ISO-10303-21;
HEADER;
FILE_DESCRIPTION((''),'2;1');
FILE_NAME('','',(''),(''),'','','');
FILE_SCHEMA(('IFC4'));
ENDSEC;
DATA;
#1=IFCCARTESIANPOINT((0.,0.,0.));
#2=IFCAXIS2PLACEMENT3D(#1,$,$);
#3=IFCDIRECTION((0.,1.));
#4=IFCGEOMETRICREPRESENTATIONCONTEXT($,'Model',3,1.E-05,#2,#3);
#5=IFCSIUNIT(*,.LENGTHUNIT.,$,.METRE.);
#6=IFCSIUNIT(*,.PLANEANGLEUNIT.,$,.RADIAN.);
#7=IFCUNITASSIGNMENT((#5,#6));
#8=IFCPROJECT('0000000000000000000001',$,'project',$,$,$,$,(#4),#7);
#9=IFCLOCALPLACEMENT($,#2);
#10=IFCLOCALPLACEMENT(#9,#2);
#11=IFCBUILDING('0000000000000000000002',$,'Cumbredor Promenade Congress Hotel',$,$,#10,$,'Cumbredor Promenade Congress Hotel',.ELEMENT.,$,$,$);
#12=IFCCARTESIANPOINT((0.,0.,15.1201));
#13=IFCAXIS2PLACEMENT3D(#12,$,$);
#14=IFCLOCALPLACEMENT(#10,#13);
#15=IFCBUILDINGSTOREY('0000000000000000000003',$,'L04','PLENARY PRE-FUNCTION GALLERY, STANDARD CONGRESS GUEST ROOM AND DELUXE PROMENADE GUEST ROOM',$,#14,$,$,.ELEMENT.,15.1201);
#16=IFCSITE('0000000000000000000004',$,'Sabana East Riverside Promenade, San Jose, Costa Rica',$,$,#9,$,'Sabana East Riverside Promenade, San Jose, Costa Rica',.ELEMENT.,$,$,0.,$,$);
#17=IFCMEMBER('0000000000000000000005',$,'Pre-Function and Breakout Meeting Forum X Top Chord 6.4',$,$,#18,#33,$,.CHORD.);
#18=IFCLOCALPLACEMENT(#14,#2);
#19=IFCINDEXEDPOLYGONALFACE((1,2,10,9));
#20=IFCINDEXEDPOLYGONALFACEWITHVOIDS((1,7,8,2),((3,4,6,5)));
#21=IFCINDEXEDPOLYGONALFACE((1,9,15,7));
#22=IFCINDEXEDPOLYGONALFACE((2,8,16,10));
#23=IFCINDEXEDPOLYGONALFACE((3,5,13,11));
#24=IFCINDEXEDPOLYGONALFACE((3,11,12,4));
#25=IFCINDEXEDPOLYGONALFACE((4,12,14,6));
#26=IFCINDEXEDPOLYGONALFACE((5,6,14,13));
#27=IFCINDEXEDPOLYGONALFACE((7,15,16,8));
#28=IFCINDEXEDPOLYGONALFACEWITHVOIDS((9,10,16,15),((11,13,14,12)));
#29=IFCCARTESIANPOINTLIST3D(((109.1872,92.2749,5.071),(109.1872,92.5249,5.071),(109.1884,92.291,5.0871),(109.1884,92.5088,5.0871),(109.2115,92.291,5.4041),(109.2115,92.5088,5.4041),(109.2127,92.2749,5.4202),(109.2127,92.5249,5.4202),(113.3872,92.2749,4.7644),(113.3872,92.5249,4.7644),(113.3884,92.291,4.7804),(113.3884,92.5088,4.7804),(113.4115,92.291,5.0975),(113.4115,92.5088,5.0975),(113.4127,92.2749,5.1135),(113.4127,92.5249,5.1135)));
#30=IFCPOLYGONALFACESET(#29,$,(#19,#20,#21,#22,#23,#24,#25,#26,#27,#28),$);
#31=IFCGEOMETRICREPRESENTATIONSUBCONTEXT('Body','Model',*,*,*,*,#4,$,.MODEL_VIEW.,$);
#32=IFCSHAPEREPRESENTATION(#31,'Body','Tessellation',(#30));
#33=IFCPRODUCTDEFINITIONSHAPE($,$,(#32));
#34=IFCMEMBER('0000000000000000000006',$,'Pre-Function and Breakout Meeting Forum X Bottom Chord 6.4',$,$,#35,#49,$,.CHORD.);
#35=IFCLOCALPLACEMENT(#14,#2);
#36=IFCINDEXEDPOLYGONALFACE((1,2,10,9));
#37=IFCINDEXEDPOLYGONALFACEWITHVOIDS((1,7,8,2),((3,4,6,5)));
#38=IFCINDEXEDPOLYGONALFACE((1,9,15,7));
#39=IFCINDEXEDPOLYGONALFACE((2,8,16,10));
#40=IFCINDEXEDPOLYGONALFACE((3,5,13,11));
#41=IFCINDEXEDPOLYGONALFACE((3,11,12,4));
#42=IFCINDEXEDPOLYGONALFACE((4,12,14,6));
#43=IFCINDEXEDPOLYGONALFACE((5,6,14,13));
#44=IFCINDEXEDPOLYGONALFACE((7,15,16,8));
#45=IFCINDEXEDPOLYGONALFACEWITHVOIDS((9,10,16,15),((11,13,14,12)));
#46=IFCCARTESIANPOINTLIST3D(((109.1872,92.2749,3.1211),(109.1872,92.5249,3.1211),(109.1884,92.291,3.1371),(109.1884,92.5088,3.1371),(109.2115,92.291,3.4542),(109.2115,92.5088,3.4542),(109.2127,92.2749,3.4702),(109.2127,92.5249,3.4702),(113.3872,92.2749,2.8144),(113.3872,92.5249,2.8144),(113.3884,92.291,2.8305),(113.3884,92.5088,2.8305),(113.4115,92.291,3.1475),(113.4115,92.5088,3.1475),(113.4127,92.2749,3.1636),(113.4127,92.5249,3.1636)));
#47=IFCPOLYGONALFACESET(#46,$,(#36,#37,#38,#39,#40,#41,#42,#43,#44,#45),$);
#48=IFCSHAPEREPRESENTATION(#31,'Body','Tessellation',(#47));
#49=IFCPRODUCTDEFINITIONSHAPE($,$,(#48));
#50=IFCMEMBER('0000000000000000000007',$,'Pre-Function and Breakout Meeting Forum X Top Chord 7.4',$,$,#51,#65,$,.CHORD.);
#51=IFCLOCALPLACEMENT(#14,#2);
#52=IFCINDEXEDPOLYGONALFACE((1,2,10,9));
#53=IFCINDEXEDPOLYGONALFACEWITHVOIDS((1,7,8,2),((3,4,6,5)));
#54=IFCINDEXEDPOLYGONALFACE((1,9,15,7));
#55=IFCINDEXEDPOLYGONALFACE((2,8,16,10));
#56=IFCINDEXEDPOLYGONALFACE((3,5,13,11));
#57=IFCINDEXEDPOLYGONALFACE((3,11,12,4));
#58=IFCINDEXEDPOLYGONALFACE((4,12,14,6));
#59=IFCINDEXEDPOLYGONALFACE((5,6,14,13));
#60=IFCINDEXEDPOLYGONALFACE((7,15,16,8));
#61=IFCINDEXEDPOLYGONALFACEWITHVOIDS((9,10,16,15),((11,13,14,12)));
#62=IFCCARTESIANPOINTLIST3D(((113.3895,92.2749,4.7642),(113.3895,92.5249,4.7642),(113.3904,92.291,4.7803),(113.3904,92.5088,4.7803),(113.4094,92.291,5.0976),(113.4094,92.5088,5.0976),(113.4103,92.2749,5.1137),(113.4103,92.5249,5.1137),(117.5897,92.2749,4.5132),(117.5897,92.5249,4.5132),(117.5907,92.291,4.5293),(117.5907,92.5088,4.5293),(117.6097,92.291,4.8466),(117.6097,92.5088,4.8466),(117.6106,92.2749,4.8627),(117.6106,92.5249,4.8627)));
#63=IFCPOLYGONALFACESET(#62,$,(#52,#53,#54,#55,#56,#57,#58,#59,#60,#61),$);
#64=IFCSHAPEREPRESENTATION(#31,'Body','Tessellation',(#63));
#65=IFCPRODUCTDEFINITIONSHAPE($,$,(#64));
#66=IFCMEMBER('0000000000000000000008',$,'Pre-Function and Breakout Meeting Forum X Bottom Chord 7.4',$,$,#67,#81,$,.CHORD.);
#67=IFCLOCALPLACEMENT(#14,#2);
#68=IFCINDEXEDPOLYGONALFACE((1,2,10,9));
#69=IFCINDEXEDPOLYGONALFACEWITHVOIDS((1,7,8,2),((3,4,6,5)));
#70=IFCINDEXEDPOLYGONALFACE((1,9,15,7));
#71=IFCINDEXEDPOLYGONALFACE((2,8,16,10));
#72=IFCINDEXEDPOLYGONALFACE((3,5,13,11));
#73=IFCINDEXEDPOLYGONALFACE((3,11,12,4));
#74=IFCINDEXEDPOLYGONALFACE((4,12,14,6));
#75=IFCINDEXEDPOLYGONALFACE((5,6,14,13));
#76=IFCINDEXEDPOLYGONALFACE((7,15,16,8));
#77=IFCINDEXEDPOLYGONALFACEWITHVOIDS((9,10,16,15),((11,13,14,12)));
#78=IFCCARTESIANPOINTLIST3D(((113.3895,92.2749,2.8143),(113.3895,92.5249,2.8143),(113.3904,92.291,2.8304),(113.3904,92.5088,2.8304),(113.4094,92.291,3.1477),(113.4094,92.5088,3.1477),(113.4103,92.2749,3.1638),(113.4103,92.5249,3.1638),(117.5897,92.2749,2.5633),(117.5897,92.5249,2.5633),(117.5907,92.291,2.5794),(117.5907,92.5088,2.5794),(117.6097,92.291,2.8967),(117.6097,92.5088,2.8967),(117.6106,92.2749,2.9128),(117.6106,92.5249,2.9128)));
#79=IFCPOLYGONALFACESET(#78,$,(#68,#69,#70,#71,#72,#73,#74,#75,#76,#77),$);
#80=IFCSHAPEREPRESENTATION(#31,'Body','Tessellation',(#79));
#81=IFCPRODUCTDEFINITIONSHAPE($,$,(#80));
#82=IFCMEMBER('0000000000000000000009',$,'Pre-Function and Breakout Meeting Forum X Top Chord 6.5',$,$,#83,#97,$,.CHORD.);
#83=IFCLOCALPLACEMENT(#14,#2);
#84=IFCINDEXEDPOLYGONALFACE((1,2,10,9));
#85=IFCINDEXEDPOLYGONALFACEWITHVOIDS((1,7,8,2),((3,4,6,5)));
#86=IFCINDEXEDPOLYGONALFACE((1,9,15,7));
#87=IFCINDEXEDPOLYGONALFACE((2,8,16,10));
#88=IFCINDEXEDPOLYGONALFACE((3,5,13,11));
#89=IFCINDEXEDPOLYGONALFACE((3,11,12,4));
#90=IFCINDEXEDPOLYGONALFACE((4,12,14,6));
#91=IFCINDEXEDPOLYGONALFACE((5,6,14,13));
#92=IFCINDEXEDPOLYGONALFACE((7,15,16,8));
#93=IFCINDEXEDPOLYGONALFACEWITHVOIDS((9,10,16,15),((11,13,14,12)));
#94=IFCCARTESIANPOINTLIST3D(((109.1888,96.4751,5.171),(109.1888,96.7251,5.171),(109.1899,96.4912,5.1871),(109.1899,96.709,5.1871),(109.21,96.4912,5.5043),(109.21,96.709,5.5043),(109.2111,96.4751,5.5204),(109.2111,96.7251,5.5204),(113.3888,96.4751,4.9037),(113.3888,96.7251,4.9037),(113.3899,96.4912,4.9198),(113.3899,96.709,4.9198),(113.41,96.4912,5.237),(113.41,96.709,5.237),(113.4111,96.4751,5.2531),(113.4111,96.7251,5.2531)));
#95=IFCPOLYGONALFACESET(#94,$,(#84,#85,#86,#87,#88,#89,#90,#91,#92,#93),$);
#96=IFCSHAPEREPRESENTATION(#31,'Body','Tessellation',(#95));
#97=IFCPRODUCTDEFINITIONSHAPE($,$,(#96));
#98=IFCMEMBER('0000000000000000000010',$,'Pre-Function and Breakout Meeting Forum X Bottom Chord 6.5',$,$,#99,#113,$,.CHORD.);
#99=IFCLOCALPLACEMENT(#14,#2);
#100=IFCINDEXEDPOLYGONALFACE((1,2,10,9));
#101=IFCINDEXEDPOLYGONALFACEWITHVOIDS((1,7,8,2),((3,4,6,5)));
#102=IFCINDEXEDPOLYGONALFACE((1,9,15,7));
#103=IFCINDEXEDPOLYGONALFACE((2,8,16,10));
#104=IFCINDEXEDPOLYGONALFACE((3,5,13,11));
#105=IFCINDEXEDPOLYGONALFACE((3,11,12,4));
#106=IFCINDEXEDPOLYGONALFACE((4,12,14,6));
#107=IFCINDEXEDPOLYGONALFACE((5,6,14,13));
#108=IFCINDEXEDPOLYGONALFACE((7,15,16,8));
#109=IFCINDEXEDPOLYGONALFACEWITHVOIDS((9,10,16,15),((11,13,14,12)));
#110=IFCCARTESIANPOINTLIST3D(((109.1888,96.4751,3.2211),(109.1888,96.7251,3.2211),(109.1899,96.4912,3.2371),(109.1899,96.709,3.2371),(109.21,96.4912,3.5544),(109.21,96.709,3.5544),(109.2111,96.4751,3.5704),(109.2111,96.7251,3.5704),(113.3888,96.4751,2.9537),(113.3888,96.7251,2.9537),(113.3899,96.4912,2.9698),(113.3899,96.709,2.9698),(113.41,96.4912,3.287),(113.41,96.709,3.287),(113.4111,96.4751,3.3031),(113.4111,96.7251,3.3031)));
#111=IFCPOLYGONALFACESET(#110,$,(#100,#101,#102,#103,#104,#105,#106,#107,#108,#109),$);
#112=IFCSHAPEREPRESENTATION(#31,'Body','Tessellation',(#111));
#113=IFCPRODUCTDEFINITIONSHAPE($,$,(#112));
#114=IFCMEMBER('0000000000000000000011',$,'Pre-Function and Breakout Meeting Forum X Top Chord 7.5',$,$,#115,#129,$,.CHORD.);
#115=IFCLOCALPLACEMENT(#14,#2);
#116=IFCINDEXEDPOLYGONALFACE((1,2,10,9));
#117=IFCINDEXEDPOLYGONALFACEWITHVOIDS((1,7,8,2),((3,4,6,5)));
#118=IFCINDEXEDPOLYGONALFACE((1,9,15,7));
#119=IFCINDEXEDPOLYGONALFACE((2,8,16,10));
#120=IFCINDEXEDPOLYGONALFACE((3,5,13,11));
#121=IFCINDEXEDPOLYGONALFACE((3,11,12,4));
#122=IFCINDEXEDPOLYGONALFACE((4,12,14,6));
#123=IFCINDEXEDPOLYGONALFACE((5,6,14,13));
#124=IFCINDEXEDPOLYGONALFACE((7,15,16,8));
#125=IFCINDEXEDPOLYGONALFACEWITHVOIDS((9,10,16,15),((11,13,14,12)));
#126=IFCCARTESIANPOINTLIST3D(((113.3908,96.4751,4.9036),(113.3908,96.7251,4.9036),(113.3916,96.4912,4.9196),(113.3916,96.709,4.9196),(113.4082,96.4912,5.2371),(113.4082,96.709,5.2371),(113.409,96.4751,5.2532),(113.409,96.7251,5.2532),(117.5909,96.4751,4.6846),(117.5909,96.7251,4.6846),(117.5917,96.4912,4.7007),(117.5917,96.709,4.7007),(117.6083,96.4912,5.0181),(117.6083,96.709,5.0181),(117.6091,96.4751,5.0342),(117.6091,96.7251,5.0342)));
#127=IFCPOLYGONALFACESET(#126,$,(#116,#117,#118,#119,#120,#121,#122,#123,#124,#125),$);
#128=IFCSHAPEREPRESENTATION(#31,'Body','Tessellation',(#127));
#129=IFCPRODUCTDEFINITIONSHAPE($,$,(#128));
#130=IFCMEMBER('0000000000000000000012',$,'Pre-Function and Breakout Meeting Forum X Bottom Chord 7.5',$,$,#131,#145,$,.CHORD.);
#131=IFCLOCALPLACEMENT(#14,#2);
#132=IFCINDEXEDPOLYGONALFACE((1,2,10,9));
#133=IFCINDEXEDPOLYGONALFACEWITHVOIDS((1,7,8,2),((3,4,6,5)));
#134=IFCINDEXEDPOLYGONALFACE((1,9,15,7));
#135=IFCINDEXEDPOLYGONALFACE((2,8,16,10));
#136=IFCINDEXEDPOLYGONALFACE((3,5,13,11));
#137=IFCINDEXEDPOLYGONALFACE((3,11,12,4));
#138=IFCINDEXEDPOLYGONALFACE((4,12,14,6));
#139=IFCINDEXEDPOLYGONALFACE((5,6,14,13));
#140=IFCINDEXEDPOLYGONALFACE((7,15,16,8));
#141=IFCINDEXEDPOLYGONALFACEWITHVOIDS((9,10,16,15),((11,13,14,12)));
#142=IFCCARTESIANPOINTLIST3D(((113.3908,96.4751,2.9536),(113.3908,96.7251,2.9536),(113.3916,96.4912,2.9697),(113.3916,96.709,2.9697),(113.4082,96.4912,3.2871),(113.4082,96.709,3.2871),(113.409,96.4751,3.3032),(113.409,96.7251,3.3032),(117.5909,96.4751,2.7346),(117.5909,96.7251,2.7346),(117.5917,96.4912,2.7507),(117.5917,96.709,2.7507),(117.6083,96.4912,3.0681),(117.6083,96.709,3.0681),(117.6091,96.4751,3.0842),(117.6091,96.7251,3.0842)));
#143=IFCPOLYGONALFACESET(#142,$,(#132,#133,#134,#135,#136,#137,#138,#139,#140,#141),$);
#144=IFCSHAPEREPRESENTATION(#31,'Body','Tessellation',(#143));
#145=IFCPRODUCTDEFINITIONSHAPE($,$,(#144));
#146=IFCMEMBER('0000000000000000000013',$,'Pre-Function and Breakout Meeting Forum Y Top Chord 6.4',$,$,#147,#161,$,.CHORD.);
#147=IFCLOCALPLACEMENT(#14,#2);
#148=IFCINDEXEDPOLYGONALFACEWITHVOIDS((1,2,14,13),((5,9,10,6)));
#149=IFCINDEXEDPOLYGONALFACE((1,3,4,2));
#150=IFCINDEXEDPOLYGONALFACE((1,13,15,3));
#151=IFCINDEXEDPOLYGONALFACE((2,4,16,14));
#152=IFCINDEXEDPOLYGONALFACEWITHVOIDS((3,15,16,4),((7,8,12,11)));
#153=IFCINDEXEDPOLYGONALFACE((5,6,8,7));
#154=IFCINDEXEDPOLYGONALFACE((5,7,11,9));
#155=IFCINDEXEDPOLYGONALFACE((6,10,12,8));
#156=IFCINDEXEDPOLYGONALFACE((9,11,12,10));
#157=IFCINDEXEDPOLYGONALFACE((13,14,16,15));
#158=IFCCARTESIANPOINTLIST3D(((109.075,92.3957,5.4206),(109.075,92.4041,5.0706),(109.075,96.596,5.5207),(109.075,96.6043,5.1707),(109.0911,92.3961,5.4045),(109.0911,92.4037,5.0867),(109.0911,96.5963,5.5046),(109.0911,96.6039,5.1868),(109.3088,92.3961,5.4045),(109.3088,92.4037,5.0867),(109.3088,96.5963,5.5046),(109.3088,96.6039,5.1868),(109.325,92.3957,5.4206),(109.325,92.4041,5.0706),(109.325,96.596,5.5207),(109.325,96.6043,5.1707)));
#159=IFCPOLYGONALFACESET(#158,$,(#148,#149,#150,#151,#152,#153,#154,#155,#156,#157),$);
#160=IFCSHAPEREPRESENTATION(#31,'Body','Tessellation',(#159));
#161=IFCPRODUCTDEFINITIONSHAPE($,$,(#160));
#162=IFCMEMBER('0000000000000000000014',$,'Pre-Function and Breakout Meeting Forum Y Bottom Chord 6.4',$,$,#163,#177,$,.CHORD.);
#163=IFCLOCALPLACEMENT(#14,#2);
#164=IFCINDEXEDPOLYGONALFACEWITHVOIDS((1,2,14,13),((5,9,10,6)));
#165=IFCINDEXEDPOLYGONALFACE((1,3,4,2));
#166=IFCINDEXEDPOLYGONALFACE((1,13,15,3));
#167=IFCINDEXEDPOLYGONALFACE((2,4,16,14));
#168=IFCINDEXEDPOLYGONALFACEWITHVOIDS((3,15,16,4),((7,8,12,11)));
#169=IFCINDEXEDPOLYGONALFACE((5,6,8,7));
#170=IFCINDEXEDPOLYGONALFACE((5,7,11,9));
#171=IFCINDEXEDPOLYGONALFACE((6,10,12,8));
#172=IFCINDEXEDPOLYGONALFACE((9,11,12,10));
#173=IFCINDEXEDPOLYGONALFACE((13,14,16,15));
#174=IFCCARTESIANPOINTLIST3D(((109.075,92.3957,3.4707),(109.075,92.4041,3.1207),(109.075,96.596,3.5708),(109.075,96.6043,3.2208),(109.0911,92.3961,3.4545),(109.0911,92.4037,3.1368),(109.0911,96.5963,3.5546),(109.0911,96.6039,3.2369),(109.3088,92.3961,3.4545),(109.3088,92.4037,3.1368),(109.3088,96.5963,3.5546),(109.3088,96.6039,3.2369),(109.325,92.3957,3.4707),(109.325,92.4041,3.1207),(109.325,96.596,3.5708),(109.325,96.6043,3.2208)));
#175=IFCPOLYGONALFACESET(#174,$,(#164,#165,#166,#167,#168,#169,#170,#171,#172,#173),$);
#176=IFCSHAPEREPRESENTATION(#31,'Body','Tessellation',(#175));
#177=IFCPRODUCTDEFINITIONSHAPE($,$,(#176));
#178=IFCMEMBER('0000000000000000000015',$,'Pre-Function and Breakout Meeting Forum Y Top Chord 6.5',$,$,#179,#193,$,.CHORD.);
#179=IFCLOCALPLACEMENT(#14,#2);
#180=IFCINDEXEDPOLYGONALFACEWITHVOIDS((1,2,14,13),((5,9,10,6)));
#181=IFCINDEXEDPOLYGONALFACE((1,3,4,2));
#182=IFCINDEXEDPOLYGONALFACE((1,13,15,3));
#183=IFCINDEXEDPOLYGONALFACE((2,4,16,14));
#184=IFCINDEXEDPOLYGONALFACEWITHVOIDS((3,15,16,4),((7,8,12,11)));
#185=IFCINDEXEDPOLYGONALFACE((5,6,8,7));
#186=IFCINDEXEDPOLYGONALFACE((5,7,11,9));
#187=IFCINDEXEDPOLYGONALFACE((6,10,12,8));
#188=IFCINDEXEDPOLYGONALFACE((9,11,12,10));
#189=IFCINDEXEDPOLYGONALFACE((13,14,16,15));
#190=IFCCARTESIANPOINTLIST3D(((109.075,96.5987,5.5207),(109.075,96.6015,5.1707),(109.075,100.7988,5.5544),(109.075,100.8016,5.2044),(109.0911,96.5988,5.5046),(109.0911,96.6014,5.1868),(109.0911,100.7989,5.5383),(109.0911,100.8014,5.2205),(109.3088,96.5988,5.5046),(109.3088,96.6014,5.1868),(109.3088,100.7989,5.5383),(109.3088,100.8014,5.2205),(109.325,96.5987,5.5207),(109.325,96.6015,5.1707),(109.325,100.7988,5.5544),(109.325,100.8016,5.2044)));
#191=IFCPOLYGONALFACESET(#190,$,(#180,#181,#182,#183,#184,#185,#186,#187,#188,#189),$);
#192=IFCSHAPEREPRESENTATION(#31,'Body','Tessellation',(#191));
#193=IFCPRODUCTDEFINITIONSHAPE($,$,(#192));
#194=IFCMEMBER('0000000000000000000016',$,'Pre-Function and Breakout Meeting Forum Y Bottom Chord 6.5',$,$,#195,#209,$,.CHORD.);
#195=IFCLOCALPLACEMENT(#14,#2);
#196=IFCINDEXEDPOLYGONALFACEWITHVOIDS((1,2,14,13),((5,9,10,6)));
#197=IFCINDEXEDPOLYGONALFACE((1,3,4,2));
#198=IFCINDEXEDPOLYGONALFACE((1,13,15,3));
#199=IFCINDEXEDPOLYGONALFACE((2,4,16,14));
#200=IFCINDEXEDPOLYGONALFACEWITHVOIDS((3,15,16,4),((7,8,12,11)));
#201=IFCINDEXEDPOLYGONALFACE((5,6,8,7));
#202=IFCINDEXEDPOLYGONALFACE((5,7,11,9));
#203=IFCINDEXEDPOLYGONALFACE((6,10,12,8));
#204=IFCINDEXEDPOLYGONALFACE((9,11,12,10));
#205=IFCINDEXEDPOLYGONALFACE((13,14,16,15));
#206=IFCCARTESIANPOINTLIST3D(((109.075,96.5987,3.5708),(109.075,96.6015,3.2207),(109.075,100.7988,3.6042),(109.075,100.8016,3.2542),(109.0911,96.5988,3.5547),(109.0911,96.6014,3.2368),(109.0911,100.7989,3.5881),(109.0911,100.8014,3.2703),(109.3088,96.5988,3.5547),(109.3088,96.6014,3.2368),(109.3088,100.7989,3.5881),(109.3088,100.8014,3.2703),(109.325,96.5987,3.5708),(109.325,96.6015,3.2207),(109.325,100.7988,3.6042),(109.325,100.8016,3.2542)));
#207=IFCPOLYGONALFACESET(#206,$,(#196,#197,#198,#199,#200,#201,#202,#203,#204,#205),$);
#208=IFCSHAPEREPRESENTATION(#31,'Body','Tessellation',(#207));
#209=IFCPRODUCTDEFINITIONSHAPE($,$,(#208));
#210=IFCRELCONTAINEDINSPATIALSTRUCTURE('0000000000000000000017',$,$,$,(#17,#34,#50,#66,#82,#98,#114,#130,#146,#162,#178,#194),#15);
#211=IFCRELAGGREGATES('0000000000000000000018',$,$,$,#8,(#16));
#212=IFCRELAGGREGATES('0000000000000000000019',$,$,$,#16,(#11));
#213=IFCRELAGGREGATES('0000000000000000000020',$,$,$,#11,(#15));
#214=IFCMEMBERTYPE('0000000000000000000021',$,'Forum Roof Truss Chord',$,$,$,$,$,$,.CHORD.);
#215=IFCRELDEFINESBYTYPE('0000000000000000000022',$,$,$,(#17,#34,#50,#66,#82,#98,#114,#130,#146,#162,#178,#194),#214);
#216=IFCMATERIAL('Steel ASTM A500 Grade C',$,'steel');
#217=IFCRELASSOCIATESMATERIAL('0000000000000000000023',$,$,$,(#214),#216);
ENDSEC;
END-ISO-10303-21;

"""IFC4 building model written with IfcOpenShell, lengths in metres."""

from ifc_helpers import new_model, si_unit, direction, frame, origin, origin_2d, place, context, subcontext, project, spatial, hollow_rectangle, extrude, material, material_profile, profile_set, type_object, element, save


model = new_model("IFC4")

# Units and contexts
model_context = context("Model", 3, precision=1e-05, world=origin(), true_north=direction((0.0, 1.0)))
body_context = subcontext(model_context, "Body", "Model", "MODEL_VIEW")
ifc_project = project(units=[si_unit("LENGTHUNIT", "METRE"), si_unit("PLANEANGLEUNIT", "RADIAN")], contexts=[model_context])

# Site, building, storey
site_placement = place(None, origin())
site = spatial("IfcSite", under=ifc_project, at=site_placement, Name="Sabana East Riverside Promenade, San Jose, Costa Rica", LongName="Sabana East Riverside Promenade, San Jose, Costa Rica", CompositionType="ELEMENT", RefElevation=0.0)
building_placement = place(site_placement, origin())
building = spatial("IfcBuilding", under=site, at=building_placement, Name="Cumbredor Promenade Congress Hotel", LongName="Cumbredor Promenade Congress Hotel", CompositionType="ELEMENT")
storey_placement = place(building_placement, frame((0.0, 0.0, 15.1201)))
storey = spatial("IfcBuildingStorey", under=building, at=storey_placement, Name="L04", Description="PLENARY PRE-FUNCTION GALLERY, STANDARD CONGRESS GUEST ROOM AND DELUXE PROMENADE GUEST ROOM", CompositionType="ELEMENT", Elevation=15.1201)

# Members
ifc_material_1 = material(Name="Steel ASTM A500 Grade C", Category="steel")
ifc_material_profile_1 = material_profile(ifc_material_1, hollow_rectangle(XDim=0.25, YDim=0.3501, WallThickness=0.0161, at=origin_2d()), Name="HSS 350x250x16")
ifc_profile_set_1 = profile_set([ifc_material_profile_1], Name="Steel ASTM A500 Grade C")
member_type_1 = type_object("IfcMemberType", Name="Forum Roof Truss Chord", PredefinedType="CHORD", material=ifc_profile_set_1)
for number, where, z_axis, x_axis, name in (
    (1, (109.2, 92.3999, 5.2456), (0.997345, 0.0, -0.072817), (0.0, 1.0, 0.0), "Pre-Function and Breakout Meeting Forum X Top Chord 6.4"),
    (2, (109.2, 92.3999, 3.2957), (0.997345, 0.0, -0.072817), (0.0, 1.0, 0.0), "Pre-Function and Breakout Meeting Forum X Bottom Chord 6.4"),
):
    element("IfcMember", number, at=place(storey_placement, frame(where, z_axis=z_axis, x_axis=x_axis)), inside=storey, type_object=member_type_1, Name=name, PredefinedType="CHORD", context=body_context, shape_type="SweptSolid", body=[
        extrude(hollow_rectangle(XDim=0.25, YDim=0.3501, WallThickness=0.0161, at=origin_2d()), origin(), (0.0, 0.0, 1.0), 4.2112),
    ])
for number, where, z_axis, x_axis, name in (
    (3, (113.3999, 92.3999, 4.939), (0.99822, 0.0, -0.059647), (0.0, 1.0, 0.0), "Pre-Function and Breakout Meeting Forum X Top Chord 7.4"),
    (4, (113.3999, 92.3999, 2.989), (0.99822, 0.0, -0.059647), (0.0, 1.0, 0.0), "Pre-Function and Breakout Meeting Forum X Bottom Chord 7.4"),
):
    element("IfcMember", number, at=place(storey_placement, frame(where, z_axis=z_axis, x_axis=x_axis)), inside=storey, type_object=member_type_1, Name=name, PredefinedType="CHORD", context=body_context, shape_type="SweptSolid", body=[
        extrude(hollow_rectangle(XDim=0.25, YDim=0.3501, WallThickness=0.0161, at=origin_2d()), origin(), (0.0, 0.0, 1.0), 4.2078),
    ])
for number, where, z_axis, x_axis, name in (
    (5, (109.2, 96.6001, 5.3457), (0.99798, 0.0, -0.063523), (0.0, 1.0, 0.0), "Pre-Function and Breakout Meeting Forum X Top Chord 6.5"),
    (6, (109.2, 96.6001, 3.3958), (0.99798, 0.0, -0.063523), (0.0, 1.0, 0.0), "Pre-Function and Breakout Meeting Forum X Bottom Chord 6.5"),
):
    element("IfcMember", number, at=place(storey_placement, frame(where, z_axis=z_axis, x_axis=x_axis)), inside=storey, type_object=member_type_1, Name=name, PredefinedType="CHORD", context=body_context, shape_type="SweptSolid", body=[
        extrude(hollow_rectangle(XDim=0.25, YDim=0.3501, WallThickness=0.0161, at=origin_2d()), origin(), (0.0, 0.0, 1.0), 4.2085),
    ])
for number, where, z_axis, x_axis, name in (
    (7, (113.3999, 96.6001, 5.0784), (0.998644, 0.0, -0.052068), (0.0, 1.0, 0.0), "Pre-Function and Breakout Meeting Forum X Top Chord 7.5"),
    (8, (113.3999, 96.6001, 3.1284), (0.998644, 0.0, -0.052068), (0.0, 1.0, 0.0), "Pre-Function and Breakout Meeting Forum X Bottom Chord 7.5"),
):
    element("IfcMember", number, at=place(storey_placement, frame(where, z_axis=z_axis, x_axis=x_axis)), inside=storey, type_object=member_type_1, Name=name, PredefinedType="CHORD", context=body_context, shape_type="SweptSolid", body=[
        extrude(hollow_rectangle(XDim=0.25, YDim=0.3501, WallThickness=0.0161, at=origin_2d()), origin(), (0.0, 0.0, 1.0), 4.2058),
    ])
for number, where, z_axis, x_axis, name in (
    (9, (109.2, 92.3999, 5.2456), (0.0, 0.999716, 0.023825), (-1.0, 0.0, 0.0), "Pre-Function and Breakout Meeting Forum Y Top Chord 6.4"),
    (10, (109.2, 92.3999, 3.2957), (0.0, 0.999716, 0.023825), (-1.0, 0.0, 0.0), "Pre-Function and Breakout Meeting Forum Y Bottom Chord 6.4"),
):
    element("IfcMember", number, at=place(storey_placement, frame(where, z_axis=z_axis, x_axis=x_axis)), inside=storey, type_object=member_type_1, Name=name, PredefinedType="CHORD", context=body_context, shape_type="SweptSolid", body=[
        extrude(hollow_rectangle(XDim=0.25, YDim=0.3501, WallThickness=0.0161, at=origin_2d()), origin(), (0.0, 0.0, 1.0), 4.2014),
    ])
for number, where, z_axis, x_axis, name in (
    (11, (109.2, 96.6001, 5.3457), (0.0, 0.999968, 0.008022), (-1.0, 0.0, 0.0), "Pre-Function and Breakout Meeting Forum Y Top Chord 6.5"),
    (12, (109.2, 96.6001, 3.3958), (0.0, 0.999968, 0.007963), (-1.0, 0.0, 0.0), "Pre-Function and Breakout Meeting Forum Y Bottom Chord 6.5"),
):
    element("IfcMember", number, at=place(storey_placement, frame(where, z_axis=z_axis, x_axis=x_axis)), inside=storey, type_object=member_type_1, Name=name, PredefinedType="CHORD", context=body_context, shape_type="SweptSolid", body=[
        extrude(hollow_rectangle(XDim=0.25, YDim=0.3501, WallThickness=0.0161, at=origin_2d()), origin(), (0.0, 0.0, 1.0), 4.2002),
    ])

save(model, "model.ifc")
